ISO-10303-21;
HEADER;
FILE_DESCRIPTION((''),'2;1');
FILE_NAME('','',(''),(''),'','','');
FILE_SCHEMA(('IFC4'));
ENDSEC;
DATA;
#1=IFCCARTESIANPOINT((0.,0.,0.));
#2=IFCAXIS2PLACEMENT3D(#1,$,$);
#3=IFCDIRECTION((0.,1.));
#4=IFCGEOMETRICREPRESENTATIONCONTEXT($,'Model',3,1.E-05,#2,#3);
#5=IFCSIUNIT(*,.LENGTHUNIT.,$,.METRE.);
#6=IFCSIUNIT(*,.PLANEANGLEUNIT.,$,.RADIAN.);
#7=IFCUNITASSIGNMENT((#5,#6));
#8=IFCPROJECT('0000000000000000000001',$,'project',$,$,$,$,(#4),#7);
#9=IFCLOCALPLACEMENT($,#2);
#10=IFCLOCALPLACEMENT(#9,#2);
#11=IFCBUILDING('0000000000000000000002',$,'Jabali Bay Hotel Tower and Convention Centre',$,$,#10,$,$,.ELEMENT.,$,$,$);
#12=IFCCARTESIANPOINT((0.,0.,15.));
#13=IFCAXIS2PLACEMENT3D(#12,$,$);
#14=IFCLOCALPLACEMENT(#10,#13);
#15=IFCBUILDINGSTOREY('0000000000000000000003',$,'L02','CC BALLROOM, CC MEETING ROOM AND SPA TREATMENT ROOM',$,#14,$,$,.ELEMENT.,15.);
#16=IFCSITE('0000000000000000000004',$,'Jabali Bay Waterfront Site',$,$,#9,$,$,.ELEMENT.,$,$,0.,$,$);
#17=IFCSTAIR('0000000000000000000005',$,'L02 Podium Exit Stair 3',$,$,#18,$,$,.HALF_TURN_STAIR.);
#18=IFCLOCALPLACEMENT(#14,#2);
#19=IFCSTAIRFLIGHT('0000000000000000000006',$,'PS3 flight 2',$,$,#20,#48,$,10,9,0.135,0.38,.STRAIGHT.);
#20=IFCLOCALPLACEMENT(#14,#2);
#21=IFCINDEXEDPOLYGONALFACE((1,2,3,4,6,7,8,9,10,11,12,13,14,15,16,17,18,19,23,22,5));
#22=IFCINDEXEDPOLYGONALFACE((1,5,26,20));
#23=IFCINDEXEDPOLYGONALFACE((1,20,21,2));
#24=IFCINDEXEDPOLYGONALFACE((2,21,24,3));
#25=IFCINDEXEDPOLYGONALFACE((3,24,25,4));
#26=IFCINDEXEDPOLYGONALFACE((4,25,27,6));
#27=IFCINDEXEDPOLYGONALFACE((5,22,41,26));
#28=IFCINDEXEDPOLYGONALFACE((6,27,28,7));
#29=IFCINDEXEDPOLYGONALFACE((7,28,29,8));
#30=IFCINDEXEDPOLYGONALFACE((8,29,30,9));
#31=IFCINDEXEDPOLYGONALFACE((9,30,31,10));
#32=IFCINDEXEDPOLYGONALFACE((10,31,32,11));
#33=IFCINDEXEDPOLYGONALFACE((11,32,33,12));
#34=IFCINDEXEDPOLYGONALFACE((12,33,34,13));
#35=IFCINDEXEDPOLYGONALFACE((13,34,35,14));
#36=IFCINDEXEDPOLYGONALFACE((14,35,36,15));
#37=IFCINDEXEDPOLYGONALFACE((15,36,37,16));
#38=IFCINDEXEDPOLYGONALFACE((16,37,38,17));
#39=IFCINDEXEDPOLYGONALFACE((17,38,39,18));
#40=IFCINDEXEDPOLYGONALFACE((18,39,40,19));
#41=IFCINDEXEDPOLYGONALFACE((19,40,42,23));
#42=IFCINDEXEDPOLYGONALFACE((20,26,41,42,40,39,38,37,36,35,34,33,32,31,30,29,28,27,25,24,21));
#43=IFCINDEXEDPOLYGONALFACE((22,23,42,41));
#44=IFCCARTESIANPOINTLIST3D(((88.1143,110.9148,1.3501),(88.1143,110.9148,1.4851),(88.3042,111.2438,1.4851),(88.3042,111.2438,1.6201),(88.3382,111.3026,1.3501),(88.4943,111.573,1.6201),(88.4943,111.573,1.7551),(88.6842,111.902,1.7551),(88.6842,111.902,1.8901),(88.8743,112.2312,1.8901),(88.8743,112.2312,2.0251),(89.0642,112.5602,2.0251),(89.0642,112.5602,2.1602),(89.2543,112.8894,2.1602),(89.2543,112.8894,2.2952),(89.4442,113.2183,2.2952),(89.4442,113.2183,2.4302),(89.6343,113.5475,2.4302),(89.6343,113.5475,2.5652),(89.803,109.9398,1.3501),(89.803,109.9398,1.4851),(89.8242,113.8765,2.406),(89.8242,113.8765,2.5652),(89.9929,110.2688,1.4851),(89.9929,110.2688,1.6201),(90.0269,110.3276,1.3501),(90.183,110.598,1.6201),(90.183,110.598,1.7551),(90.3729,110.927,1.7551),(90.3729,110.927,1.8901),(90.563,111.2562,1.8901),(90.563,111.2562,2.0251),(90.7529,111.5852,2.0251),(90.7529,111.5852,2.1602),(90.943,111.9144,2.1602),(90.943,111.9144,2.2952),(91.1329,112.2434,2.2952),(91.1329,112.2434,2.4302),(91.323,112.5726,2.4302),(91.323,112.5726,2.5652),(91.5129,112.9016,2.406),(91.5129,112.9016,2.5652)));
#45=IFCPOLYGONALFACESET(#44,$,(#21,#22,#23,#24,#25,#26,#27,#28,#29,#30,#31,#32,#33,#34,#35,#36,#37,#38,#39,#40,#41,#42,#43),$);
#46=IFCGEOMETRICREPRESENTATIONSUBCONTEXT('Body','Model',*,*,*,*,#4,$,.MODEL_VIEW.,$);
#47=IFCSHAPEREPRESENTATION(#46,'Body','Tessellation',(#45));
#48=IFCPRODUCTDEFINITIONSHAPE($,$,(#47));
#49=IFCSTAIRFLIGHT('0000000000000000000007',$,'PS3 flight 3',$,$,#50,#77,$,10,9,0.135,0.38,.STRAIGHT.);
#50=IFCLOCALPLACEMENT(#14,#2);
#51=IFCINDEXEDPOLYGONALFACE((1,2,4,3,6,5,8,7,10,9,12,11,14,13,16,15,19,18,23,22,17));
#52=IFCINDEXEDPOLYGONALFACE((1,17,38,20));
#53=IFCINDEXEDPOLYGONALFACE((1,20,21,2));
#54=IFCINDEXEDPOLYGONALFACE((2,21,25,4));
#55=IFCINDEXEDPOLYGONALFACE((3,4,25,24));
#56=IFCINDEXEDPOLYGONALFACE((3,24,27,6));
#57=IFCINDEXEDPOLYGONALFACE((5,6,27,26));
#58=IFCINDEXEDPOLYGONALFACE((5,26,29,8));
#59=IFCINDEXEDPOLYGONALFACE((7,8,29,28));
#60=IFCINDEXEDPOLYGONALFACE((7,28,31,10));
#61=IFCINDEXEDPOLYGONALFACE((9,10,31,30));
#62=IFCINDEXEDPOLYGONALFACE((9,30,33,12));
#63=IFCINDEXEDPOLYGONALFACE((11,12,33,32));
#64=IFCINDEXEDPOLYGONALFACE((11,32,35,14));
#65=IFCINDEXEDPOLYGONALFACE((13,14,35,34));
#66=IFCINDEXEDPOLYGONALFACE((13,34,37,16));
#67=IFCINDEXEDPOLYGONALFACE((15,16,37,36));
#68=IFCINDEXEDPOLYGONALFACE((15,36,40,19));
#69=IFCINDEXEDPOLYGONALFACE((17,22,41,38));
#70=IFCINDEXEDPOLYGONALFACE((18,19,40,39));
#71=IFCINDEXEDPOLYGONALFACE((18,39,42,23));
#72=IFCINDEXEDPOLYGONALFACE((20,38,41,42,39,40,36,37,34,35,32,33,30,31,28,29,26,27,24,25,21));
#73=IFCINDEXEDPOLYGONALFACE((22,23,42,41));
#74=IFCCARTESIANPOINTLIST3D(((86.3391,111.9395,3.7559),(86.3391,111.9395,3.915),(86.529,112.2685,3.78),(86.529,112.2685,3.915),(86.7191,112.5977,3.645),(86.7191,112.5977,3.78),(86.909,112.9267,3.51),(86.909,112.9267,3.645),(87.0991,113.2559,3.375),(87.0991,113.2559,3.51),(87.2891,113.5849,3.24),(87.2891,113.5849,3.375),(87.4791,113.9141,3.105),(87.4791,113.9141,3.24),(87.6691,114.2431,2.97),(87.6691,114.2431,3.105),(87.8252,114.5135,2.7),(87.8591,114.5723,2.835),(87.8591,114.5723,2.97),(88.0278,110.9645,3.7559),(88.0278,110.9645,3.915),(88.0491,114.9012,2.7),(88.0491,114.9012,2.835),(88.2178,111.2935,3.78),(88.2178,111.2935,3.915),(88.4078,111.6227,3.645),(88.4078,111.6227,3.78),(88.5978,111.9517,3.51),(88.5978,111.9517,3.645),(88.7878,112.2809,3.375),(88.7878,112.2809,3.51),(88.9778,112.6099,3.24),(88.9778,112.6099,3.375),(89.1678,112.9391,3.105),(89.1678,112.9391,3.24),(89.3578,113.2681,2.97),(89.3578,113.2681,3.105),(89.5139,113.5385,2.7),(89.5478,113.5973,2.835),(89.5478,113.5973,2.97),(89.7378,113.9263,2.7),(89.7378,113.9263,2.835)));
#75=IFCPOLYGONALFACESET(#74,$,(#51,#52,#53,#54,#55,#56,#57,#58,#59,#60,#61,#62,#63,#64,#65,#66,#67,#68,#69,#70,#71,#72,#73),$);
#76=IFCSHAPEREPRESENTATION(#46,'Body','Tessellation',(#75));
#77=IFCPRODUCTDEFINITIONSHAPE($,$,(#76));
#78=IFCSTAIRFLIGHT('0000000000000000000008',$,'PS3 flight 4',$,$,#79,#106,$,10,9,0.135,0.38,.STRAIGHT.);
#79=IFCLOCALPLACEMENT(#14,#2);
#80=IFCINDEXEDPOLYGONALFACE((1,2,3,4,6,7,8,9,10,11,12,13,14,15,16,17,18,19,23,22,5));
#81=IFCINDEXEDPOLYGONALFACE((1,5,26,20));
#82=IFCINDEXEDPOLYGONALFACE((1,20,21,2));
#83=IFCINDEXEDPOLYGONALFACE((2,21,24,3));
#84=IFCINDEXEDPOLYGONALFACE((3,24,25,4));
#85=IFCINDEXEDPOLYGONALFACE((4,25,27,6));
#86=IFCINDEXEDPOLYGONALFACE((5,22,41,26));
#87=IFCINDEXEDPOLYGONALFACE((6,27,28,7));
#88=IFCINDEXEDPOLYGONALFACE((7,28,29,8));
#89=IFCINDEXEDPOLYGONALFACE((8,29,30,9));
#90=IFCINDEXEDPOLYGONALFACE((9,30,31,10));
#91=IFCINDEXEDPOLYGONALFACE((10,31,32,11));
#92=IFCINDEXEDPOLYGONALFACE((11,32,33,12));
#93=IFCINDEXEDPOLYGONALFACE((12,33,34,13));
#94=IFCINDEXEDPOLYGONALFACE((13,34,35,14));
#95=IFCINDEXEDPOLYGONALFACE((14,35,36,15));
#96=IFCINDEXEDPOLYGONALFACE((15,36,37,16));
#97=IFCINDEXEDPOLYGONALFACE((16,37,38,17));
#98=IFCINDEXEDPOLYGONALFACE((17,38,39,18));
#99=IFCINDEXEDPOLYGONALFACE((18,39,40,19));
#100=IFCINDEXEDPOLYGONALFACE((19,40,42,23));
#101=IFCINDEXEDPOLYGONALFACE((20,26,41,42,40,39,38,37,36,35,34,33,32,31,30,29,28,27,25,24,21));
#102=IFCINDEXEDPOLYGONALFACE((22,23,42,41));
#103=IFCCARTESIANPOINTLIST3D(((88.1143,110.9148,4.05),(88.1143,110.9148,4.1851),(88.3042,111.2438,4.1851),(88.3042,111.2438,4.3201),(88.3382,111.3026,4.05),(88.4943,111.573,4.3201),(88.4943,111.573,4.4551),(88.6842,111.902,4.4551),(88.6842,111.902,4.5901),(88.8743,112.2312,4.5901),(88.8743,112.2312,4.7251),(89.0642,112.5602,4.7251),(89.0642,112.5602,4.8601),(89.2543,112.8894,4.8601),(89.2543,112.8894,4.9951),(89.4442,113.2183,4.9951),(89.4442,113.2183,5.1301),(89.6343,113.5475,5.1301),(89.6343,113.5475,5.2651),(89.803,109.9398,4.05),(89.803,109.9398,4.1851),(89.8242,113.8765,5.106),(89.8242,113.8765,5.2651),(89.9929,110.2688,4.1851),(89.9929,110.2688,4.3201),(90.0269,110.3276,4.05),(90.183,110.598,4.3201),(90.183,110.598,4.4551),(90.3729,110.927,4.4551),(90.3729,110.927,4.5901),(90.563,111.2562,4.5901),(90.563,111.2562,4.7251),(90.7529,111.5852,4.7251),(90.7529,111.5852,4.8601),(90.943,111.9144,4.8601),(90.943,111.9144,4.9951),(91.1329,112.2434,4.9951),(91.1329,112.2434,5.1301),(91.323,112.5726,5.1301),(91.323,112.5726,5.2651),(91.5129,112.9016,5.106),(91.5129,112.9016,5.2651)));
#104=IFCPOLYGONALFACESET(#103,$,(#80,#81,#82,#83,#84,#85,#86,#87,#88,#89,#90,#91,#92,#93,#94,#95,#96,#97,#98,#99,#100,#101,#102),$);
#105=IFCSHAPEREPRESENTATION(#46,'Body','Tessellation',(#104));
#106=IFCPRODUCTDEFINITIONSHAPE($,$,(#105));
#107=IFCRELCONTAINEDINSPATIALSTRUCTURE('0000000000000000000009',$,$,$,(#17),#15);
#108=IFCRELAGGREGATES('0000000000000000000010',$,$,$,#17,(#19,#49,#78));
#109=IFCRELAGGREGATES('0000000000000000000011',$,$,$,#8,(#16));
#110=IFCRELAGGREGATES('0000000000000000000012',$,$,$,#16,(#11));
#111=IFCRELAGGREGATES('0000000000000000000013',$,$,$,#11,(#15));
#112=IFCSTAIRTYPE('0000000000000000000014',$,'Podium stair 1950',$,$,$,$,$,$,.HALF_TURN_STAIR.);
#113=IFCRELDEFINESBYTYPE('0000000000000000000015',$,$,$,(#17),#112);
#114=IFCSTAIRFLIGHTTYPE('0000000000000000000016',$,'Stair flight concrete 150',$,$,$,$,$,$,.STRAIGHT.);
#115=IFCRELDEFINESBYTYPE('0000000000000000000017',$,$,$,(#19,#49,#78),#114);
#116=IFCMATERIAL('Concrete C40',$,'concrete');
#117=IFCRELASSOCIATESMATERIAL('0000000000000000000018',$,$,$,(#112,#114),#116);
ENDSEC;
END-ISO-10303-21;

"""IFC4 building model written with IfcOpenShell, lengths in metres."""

from ifc_helpers import new_model, si_unit, direction, frame, origin, place, context, subcontext, project, spatial, polyline, outline, extrude, material, type_object, element, aggregate, save


model = new_model("IFC4")

# Units and contexts
model_context = context("Model", 3, precision=1e-05, world=origin(), true_north=direction((0.0, 1.0)))
body_context = subcontext(model_context, "Body", "Model", "MODEL_VIEW")
ifc_project = project(units=[si_unit("LENGTHUNIT", "METRE"), si_unit("PLANEANGLEUNIT", "RADIAN")], contexts=[model_context])

# Site, building, storey
site_placement = place(None, origin())
site = spatial("IfcSite", under=ifc_project, at=site_placement, Name="Jabali Bay Waterfront Site", CompositionType="ELEMENT", RefElevation=0.0)
building_placement = place(site_placement, origin())
building = spatial("IfcBuilding", under=site, at=building_placement, Name="Jabali Bay Hotel Tower and Convention Centre", CompositionType="ELEMENT")
storey_placement = place(building_placement, frame((0.0, 0.0, 15.0)))
storey = spatial("IfcBuildingStorey", under=building, at=storey_placement, Name="L02", Description="CC BALLROOM, CC MEETING ROOM AND SPA TREATMENT ROOM", CompositionType="ELEMENT", Elevation=15.0)

# Shared definitions
ifc_material_1 = material(Name="Concrete C40", Category="concrete")

# Stair, stair flights
stair_type = type_object("IfcStairType", Name="Podium stair 1950", PredefinedType="HALF_TURN_STAIR", material=ifc_material_1)
stair_placement = place(storey_placement, origin())
stair = element("IfcStair", 1, at=stair_placement, inside=storey, type_object=stair_type, Name="L02 Podium Exit Stair 3", PredefinedType="HALF_TURN_STAIR")
stair_flight_type = type_object("IfcStairFlightType", Name="Stair flight concrete 150", PredefinedType="STRAIGHT", material=ifc_material_1)
stair_flight_1_placement = place(storey_placement, frame((88.9587, 110.4272, 1.3501), z_axis=(0.0, 0.0, 1.0), x_axis=(0.5, 0.866025, 0.0)))
stair_flight_1 = element("IfcStairFlight", 2, at=stair_flight_1_placement, type_object=stair_flight_type, Name="PS3 flight 2", NumberOfRisers=10, NumberOfTreads=9, PredefinedType="STRAIGHT", RiserHeight=0.135, TreadLength=0.38, context=body_context, shape_type="SweptSolid", body=[
    extrude(outline(polyline([(0.0, 0.0), (0.0, 0.135), (0.3799, 0.135), (0.3799, 0.27), (0.76, 0.27), (0.76, 0.405), (1.1399, 0.405), (1.1399, 0.54), (1.52, 0.54), (1.52, 0.675), (1.8999, 0.675), (1.8999, 0.8101), (2.28, 0.8101), (2.28, 0.9451), (2.6599, 0.9451), (2.6599, 1.0801), (3.04, 1.0801), (3.04, 1.2151), (3.4199, 1.2151), (3.4199, 1.3501), (3.4199, 1.0559), (0.4478, 0.0), (0.0, 0.0)])), frame((0.0, 0.9751, 0.0), z_axis=(0.0, -1.0, 0.0), x_axis=(1.0, 0.0, 0.0)), (0.0, 0.0, 1.0), 1.95),
])
stair_flight_2_placement = place(storey_placement, frame((88.8933, 114.4138, 2.7), z_axis=(0.0, 0.0, 1.0), x_axis=(-0.5, -0.866025, 0.0)))
stair_flight_2 = element("IfcStairFlight", 3, at=stair_flight_2_placement, type_object=stair_flight_type, Name="PS3 flight 3", NumberOfRisers=10, NumberOfTreads=9, PredefinedType="STRAIGHT", RiserHeight=0.135, TreadLength=0.38, context=body_context, shape_type="SweptSolid", body=[
    extrude(outline(polyline([(0.0, 0.0), (0.0, 0.135), (0.3799, 0.135), (0.3799, 0.27), (0.76, 0.27), (0.76, 0.405), (1.1399, 0.405), (1.1399, 0.54), (1.52, 0.54), (1.52, 0.675), (1.8999, 0.675), (1.8999, 0.8101), (2.28, 0.8101), (2.28, 0.9451), (2.6599, 0.9451), (2.6599, 1.0801), (3.04, 1.0801), (3.04, 1.2151), (3.4199, 1.2151), (3.4199, 1.3501), (3.4199, 1.0559), (0.4478, 0.0), (0.0, 0.0)])), frame((0.0, 0.9751, 0.0), z_axis=(0.0, -1.0, 0.0), x_axis=(1.0, 0.0, 0.0)), (0.0, 0.0, 1.0), 1.95),
])
stair_flight_3_placement = place(storey_placement, frame((88.9587, 110.4272, 4.05), z_axis=(0.0, 0.0, 1.0), x_axis=(0.5, 0.866025, 0.0)))
stair_flight_3 = element("IfcStairFlight", 4, at=stair_flight_3_placement, type_object=stair_flight_type, Name="PS3 flight 4", NumberOfRisers=10, NumberOfTreads=9, PredefinedType="STRAIGHT", RiserHeight=0.135, TreadLength=0.38, context=body_context, shape_type="SweptSolid", body=[
    extrude(outline(polyline([(0.0, 0.0), (0.0, 0.135), (0.3799, 0.135), (0.3799, 0.27), (0.76, 0.27), (0.76, 0.405), (1.1399, 0.405), (1.1399, 0.54), (1.52, 0.54), (1.52, 0.675), (1.8999, 0.675), (1.8999, 0.8101), (2.28, 0.8101), (2.28, 0.9451), (2.6599, 0.9451), (2.6599, 1.0801), (3.04, 1.0801), (3.04, 1.2151), (3.4199, 1.2151), (3.4199, 1.3501), (3.4199, 1.0559), (0.4478, 0.0), (0.0, 0.0)])), frame((0.0, 0.9751, 0.0), z_axis=(0.0, -1.0, 0.0), x_axis=(1.0, 0.0, 0.0)), (0.0, 0.0, 1.0), 1.95),
])
aggregate(stair, [stair_flight_1, stair_flight_2, stair_flight_3])

save(model, "model.ifc")
